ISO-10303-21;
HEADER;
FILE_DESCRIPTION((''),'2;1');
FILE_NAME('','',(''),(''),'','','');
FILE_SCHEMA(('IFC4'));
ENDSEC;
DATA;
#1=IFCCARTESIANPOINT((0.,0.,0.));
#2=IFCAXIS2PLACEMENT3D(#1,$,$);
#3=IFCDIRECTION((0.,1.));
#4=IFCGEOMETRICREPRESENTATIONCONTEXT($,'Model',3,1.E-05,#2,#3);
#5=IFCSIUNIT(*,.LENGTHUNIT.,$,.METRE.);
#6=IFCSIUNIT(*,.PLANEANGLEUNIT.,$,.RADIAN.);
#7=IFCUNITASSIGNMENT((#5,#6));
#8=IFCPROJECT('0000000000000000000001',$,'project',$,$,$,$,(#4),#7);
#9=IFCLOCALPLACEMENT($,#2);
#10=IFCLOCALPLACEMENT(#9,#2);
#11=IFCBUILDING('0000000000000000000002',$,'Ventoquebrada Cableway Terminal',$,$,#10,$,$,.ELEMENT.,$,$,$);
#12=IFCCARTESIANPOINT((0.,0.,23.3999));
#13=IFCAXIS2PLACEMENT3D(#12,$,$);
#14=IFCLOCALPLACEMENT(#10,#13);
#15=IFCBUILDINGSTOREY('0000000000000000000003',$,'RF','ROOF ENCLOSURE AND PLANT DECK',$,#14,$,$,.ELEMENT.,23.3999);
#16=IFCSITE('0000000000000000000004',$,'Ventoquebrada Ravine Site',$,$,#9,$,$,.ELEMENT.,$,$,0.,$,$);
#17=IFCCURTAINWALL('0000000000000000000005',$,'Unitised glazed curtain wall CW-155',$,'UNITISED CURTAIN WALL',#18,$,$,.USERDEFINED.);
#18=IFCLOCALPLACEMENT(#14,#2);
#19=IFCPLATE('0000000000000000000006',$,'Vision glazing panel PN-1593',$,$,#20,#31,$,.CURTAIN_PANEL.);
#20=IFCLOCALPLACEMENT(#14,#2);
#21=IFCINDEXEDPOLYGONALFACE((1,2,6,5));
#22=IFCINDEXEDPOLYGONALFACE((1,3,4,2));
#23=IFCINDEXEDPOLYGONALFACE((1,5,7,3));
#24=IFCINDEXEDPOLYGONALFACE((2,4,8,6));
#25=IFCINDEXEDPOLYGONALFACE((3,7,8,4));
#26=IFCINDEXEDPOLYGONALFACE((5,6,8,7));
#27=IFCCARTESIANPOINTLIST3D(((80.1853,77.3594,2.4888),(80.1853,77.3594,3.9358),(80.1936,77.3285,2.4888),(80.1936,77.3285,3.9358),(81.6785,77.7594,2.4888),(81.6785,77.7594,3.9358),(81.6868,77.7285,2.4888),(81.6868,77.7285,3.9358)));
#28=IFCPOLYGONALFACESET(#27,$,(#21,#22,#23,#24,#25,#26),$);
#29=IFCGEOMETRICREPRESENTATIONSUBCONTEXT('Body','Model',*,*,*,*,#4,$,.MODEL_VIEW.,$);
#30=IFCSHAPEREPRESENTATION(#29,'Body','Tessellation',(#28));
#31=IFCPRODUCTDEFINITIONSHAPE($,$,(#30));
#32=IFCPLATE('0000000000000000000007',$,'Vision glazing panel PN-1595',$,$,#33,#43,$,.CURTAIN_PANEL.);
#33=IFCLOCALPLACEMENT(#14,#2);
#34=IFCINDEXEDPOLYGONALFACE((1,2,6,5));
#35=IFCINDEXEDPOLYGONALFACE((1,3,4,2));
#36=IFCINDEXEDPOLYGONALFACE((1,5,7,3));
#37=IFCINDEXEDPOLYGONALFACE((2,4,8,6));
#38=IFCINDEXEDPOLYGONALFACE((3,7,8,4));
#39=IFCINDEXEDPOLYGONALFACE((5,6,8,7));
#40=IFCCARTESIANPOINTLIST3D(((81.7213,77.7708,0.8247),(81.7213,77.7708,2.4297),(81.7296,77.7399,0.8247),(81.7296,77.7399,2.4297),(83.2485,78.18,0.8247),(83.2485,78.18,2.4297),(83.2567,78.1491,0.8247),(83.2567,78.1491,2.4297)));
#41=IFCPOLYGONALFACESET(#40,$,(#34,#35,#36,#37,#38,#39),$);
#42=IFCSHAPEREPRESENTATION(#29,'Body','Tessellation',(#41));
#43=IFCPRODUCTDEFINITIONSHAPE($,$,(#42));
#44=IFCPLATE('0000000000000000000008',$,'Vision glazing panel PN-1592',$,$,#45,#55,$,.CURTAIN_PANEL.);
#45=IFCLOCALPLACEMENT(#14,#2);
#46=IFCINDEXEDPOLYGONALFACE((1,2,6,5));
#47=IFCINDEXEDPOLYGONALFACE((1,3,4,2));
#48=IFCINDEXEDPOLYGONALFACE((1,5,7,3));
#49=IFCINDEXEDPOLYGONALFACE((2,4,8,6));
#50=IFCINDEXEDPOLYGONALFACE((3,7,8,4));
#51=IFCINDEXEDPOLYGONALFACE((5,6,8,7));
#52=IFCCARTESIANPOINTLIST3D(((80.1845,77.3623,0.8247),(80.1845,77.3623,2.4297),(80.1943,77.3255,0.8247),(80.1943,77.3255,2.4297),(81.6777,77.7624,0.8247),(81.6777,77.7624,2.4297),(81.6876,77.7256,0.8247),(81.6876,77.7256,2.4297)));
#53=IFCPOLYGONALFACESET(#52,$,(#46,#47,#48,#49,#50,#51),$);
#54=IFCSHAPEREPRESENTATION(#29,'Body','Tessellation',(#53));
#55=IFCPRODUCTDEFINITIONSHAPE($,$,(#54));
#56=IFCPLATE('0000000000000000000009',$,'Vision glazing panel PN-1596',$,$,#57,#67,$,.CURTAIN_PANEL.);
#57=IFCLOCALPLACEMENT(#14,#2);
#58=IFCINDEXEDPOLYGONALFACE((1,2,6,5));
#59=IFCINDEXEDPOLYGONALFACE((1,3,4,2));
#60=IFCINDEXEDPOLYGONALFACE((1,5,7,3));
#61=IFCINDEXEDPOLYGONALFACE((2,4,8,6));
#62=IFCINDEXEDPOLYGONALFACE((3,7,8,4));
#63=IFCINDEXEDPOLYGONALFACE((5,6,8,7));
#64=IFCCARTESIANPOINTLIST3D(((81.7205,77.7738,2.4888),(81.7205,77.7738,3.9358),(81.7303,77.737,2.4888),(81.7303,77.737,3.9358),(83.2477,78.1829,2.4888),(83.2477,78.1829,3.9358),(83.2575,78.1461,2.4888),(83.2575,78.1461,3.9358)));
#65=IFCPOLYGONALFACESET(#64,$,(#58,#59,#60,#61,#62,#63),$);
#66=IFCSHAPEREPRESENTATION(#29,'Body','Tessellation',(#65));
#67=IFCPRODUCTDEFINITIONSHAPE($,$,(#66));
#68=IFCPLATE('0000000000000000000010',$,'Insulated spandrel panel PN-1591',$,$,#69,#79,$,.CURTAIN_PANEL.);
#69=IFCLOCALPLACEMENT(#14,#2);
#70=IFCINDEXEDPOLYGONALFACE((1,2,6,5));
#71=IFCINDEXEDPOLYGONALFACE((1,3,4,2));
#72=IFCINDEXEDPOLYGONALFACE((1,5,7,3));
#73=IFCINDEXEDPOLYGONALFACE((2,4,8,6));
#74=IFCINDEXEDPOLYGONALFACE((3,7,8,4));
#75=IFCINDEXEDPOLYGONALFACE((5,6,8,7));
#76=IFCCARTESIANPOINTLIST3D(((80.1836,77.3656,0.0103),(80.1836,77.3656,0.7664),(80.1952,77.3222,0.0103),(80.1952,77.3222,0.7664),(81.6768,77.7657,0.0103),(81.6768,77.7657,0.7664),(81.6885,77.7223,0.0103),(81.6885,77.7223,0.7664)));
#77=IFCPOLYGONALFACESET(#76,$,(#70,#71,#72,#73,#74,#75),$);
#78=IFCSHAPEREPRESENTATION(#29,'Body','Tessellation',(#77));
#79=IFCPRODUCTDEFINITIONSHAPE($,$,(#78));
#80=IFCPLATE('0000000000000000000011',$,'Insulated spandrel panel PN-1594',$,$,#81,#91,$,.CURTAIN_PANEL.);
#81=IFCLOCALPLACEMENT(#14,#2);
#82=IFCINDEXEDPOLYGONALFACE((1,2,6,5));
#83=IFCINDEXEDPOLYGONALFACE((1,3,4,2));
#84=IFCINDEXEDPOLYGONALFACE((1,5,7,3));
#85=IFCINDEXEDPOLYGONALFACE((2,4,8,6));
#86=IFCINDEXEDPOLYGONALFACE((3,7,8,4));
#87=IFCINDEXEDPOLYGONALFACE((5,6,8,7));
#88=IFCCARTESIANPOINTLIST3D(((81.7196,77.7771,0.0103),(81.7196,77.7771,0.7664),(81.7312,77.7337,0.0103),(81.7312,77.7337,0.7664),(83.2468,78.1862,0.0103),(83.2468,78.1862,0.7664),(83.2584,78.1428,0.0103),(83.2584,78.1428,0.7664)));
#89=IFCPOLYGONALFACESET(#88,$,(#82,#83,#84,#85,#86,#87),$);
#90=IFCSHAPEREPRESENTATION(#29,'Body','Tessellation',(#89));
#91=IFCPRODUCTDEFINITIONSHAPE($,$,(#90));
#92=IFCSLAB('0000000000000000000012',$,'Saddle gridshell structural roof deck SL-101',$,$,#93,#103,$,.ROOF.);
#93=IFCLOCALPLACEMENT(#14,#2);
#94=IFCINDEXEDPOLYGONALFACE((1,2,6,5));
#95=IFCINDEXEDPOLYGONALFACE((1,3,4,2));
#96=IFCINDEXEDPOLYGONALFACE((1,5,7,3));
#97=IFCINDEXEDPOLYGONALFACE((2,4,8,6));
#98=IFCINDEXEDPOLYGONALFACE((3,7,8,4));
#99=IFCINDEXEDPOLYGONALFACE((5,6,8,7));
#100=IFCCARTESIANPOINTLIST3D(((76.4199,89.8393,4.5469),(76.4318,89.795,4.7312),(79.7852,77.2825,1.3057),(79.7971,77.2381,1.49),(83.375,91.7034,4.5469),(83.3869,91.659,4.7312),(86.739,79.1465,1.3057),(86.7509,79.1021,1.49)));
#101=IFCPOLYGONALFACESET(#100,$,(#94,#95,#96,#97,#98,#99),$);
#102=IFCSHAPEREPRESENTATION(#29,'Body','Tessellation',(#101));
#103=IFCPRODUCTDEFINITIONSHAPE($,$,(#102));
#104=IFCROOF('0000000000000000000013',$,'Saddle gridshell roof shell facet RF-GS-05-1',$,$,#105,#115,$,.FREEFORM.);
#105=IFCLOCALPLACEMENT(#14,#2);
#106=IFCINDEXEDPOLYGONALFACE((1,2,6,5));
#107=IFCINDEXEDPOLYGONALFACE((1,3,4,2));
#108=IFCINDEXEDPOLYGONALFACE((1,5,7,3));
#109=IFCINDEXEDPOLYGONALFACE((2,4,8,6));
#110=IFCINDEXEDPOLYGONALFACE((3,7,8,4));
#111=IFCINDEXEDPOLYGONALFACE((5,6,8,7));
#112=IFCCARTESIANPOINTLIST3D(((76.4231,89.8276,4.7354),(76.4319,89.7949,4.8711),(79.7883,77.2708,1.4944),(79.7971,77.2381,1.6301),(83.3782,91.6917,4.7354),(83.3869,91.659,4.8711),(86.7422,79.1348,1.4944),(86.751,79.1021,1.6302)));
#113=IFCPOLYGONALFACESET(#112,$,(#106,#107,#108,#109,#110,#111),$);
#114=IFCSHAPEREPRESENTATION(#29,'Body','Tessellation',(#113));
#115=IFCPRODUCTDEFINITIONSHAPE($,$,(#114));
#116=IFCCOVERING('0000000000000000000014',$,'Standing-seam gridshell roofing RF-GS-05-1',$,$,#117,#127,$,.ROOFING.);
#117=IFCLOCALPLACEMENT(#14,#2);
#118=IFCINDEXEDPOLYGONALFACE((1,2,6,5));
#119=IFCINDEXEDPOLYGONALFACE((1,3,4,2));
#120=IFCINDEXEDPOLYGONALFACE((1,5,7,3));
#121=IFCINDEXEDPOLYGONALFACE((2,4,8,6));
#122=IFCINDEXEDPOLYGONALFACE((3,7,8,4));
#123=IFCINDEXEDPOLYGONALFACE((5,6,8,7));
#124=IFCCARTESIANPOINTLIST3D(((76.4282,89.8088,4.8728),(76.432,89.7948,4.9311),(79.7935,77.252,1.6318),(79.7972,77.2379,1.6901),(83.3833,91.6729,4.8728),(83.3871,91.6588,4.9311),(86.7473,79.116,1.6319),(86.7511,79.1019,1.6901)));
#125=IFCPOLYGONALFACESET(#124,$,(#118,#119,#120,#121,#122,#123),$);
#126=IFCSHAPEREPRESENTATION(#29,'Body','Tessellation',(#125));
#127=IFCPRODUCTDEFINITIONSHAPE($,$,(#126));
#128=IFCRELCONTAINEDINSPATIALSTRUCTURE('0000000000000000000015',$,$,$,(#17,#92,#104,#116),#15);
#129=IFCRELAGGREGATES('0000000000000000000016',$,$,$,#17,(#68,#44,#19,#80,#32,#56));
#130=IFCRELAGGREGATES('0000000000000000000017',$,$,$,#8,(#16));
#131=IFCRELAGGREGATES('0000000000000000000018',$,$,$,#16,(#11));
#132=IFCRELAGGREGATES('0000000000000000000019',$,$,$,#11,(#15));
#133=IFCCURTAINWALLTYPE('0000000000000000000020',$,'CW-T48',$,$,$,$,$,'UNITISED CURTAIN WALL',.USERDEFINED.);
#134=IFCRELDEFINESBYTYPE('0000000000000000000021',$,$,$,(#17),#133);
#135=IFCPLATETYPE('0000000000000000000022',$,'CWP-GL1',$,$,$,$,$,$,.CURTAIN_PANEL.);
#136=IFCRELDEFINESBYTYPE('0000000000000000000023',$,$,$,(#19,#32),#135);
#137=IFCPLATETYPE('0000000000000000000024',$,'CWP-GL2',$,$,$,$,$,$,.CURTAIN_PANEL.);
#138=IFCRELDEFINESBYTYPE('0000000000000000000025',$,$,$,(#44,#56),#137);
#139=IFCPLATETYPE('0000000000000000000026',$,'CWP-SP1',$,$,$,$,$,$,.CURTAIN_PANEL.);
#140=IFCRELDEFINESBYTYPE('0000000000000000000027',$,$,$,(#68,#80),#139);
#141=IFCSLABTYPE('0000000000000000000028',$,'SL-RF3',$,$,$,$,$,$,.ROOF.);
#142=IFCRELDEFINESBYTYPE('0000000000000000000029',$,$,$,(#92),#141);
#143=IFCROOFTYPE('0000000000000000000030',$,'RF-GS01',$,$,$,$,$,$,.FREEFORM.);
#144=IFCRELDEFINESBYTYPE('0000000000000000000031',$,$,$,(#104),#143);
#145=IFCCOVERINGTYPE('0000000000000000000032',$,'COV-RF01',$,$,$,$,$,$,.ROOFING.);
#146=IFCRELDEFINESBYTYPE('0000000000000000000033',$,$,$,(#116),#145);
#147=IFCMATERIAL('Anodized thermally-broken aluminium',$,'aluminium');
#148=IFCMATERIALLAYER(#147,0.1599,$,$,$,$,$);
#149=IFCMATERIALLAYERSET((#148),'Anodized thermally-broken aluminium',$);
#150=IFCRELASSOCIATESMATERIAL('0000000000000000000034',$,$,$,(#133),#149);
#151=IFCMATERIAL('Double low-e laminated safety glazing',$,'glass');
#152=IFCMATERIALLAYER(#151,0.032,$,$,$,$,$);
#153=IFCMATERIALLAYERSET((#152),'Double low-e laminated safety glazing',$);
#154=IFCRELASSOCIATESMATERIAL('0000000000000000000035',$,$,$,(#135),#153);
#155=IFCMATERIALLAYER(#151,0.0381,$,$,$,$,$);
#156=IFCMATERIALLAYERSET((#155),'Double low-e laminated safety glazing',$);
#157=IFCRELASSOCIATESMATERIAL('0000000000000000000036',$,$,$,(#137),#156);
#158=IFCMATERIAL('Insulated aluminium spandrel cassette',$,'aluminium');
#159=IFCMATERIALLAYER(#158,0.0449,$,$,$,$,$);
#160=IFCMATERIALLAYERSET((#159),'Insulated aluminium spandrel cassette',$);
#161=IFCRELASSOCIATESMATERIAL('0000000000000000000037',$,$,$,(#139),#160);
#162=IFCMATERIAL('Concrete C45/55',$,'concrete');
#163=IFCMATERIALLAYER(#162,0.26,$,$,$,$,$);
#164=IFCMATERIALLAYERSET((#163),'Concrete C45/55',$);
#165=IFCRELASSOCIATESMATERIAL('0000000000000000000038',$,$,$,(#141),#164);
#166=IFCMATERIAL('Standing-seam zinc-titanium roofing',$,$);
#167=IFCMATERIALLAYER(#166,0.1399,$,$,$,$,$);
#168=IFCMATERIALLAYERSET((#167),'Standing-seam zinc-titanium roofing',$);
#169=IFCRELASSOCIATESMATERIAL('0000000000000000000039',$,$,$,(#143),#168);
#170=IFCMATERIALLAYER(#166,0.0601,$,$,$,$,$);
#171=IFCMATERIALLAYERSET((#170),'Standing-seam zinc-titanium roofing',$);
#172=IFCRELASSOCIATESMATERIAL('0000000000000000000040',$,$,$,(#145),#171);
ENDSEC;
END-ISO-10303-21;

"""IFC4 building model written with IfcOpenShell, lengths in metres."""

from ifc_helpers import new_model, si_unit, direction, frame, origin, origin_2d, place, context, subcontext, project, spatial, polyline, rectangle, outline, extrude, material, layer, layer_set, type_object, element, aggregate, save


model = new_model("IFC4")

# Units and contexts
model_context = context("Model", 3, precision=1e-05, world=origin(), true_north=direction((0.0, 1.0)))
body_context = subcontext(model_context, "Body", "Model", "MODEL_VIEW")
ifc_project = project(units=[si_unit("LENGTHUNIT", "METRE"), si_unit("PLANEANGLEUNIT", "RADIAN")], contexts=[model_context])

# Site, building, storey
site_placement = place(None, origin())
site = spatial("IfcSite", under=ifc_project, at=site_placement, Name="Ventoquebrada Ravine Site", CompositionType="ELEMENT", RefElevation=0.0)
building_placement = place(site_placement, origin())
building = spatial("IfcBuilding", under=site, at=building_placement, Name="Ventoquebrada Cableway Terminal", CompositionType="ELEMENT")
storey_placement = place(building_placement, frame((0.0, 0.0, 23.3999)))
storey = spatial("IfcBuildingStorey", under=building, at=storey_placement, Name="RF", Description="ROOF ENCLOSURE AND PLANT DECK", CompositionType="ELEMENT", Elevation=23.3999)

# Curtain wall
ifc_material_1 = material(Name="Anodized thermally-broken aluminium", Category="aluminium")
ifc_layer_1 = layer(ifc_material_1, 0.1599)
ifc_layer_set_1 = layer_set([ifc_layer_1], Name="Anodized thermally-broken aluminium")
curtain_wall_type = type_object("IfcCurtainWallType", Name="CW-T48", ElementType="UNITISED CURTAIN WALL", PredefinedType="USERDEFINED", material=ifc_layer_set_1)
curtain_wall_placement = place(storey_placement, origin())
curtain_wall = element("IfcCurtainWall", 1, at=curtain_wall_placement, inside=storey, type_object=curtain_wall_type, Name="Unitised glazed curtain wall CW-155", ObjectType="UNITISED CURTAIN WALL", PredefinedType="USERDEFINED")

# Plates
ifc_material_2 = material(Name="Double low-e laminated safety glazing", Category="glass")
ifc_layer_2 = layer(ifc_material_2, 0.032)
ifc_layer_set_2 = layer_set([ifc_layer_2], Name="Double low-e laminated safety glazing")
plate_type_1 = type_object("IfcPlateType", Name="CWP-GL1", PredefinedType="CURTAIN_PANEL", material=ifc_layer_set_2)
plate_1_placement = place(storey_placement, frame((80.936, 77.5439, 2.4888), z_axis=(0.0, 0.0, 1.0), x_axis=(0.965935, 0.258785, 0.0)))
plate_1 = element("IfcPlate", 2, at=plate_1_placement, type_object=plate_type_1, Name="Vision glazing panel PN-1593", PredefinedType="CURTAIN_PANEL", context=body_context, shape_type="SweptSolid", body=[
    extrude(rectangle(XDim=1.5459, YDim=0.032, at=origin_2d()), origin(), (0.0, 0.0, 1.0), 1.447),
])
plate_2_placement = place(storey_placement, frame((82.489, 77.96, 0.8247), z_axis=(0.0, 0.0, 1.0), x_axis=(0.965935, 0.258785, 0.0)))
plate_2 = element("IfcPlate", 3, at=plate_2_placement, type_object=plate_type_1, Name="Vision glazing panel PN-1595", PredefinedType="CURTAIN_PANEL", context=body_context, shape_type="SweptSolid", body=[
    extrude(rectangle(XDim=1.5811, YDim=0.032, at=origin_2d()), origin(), (0.0, 0.0, 1.0), 1.605),
])
ifc_layer_3 = layer(ifc_material_2, 0.0381)
ifc_layer_set_3 = layer_set([ifc_layer_3], Name="Double low-e laminated safety glazing")
plate_type_2 = type_object("IfcPlateType", Name="CWP-GL2", PredefinedType="CURTAIN_PANEL", material=ifc_layer_set_3)
plate_3_placement = place(storey_placement, frame((80.936, 77.5439, 0.8247), z_axis=(0.0, 0.0, 1.0), x_axis=(0.965935, 0.258785, 0.0)))
plate_3 = element("IfcPlate", 4, at=plate_3_placement, type_object=plate_type_2, Name="Vision glazing panel PN-1592", PredefinedType="CURTAIN_PANEL", context=body_context, shape_type="SweptSolid", body=[
    extrude(rectangle(XDim=1.5459, YDim=0.0381, at=origin_2d()), origin(), (0.0, 0.0, 1.0), 1.605),
])
plate_4_placement = place(storey_placement, frame((82.489, 77.96, 2.4888), z_axis=(0.0, 0.0, 1.0), x_axis=(0.965935, 0.258785, 0.0)))
plate_4 = element("IfcPlate", 5, at=plate_4_placement, type_object=plate_type_2, Name="Vision glazing panel PN-1596", PredefinedType="CURTAIN_PANEL", context=body_context, shape_type="SweptSolid", body=[
    extrude(rectangle(XDim=1.5811, YDim=0.0381, at=origin_2d()), origin(), (0.0, 0.0, 1.0), 1.447),
])
ifc_material_3 = material(Name="Insulated aluminium spandrel cassette", Category="aluminium")
ifc_layer_4 = layer(ifc_material_3, 0.0449)
ifc_layer_set_4 = layer_set([ifc_layer_4], Name="Insulated aluminium spandrel cassette")
plate_type_3 = type_object("IfcPlateType", Name="CWP-SP1", PredefinedType="CURTAIN_PANEL", material=ifc_layer_set_4)
plate_5_placement = place(storey_placement, frame((80.936, 77.5439, 0.0103), z_axis=(0.0, 0.0, 1.0), x_axis=(0.965935, 0.258785, 0.0)))
plate_5 = element("IfcPlate", 6, at=plate_5_placement, type_object=plate_type_3, Name="Insulated spandrel panel PN-1591", PredefinedType="CURTAIN_PANEL", context=body_context, shape_type="SweptSolid", body=[
    extrude(rectangle(XDim=1.5459, YDim=0.0449, at=origin_2d()), origin(), (0.0, 0.0, 1.0), 0.7561),
])
plate_6_placement = place(storey_placement, frame((82.489, 77.96, 0.0103), z_axis=(0.0, 0.0, 1.0), x_axis=(0.965935, 0.258785, 0.0)))
plate_6 = element("IfcPlate", 7, at=plate_6_placement, type_object=plate_type_3, Name="Insulated spandrel panel PN-1594", PredefinedType="CURTAIN_PANEL", context=body_context, shape_type="SweptSolid", body=[
    extrude(rectangle(XDim=1.5811, YDim=0.0449, at=origin_2d()), origin(), (0.0, 0.0, 1.0), 0.7561),
])
aggregate(curtain_wall, [plate_5, plate_3, plate_1, plate_6, plate_2, plate_4])

# Slab
ifc_material_4 = material(Name="Concrete C45/55", Category="concrete")
ifc_layer_5 = layer(ifc_material_4, 0.26)
ifc_layer_set_5 = layer_set([ifc_layer_5], Name="Concrete C45/55")
slab_type = type_object("IfcSlabType", Name="SL-RF3", PredefinedType="ROOF", material=ifc_layer_set_5)
slab_placement = place(storey_placement, frame((79.7852, 77.2825, 1.3057), z_axis=(0.062632, -0.233673, 0.970296), x_axis=(0.965901, 0.258913, 0.000005)))
element("IfcSlab", 8, at=slab_placement, inside=storey, type_object=slab_type, Name="Saddle gridshell structural roof deck SL-101", PredefinedType="ROOF", context=body_context, shape_type="SweptSolid", body=[
    extrude(outline(polyline([(0.0, 0.0), (7.1994, 0.0), (7.2012, 13.3977), (0.0007, 13.398), (0.0, 0.0)])), origin(), (0.0, 0.0, 1.0), 0.1899),
])

# Roof
ifc_material_5 = material(Name="Standing-seam zinc-titanium roofing")
ifc_layer_6 = layer(ifc_material_5, 0.1399)
ifc_layer_set_6 = layer_set([ifc_layer_6], Name="Standing-seam zinc-titanium roofing")
roof_type = type_object("IfcRoofType", Name="RF-GS01", PredefinedType="FREEFORM", material=ifc_layer_set_6)
roof_placement = place(storey_placement, frame((79.7883, 77.2708, 1.4944), z_axis=(0.062627, -0.233656, 0.9703), x_axis=(0.965901, 0.258913, 0.000005)))
element("IfcRoof", 9, at=roof_placement, inside=storey, type_object=roof_type, Name="Saddle gridshell roof shell facet RF-GS-05-1", PredefinedType="FREEFORM", context=body_context, shape_type="SweptSolid", body=[
    extrude(outline(polyline([(0.0, 0.0), (7.1994, 0.0), (7.2012, 13.3976), (0.0007, 13.3979), (0.0, 0.0)])), origin(), (0.0, 0.0, 1.0), 0.1399),
])

# Covering
ifc_layer_7 = layer(ifc_material_5, 0.0601)
ifc_layer_set_7 = layer_set([ifc_layer_7], Name="Standing-seam zinc-titanium roofing")
covering_type = type_object("IfcCoveringType", Name="COV-RF01", PredefinedType="ROOFING", material=ifc_layer_set_7)
covering_placement = place(storey_placement, frame((79.7935, 77.252, 1.6318), z_axis=(0.062627, -0.233656, 0.9703), x_axis=(0.965901, 0.258913, 0.000005)))
element("IfcCovering", 10, at=covering_placement, inside=storey, type_object=covering_type, Name="Standing-seam gridshell roofing RF-GS-05-1", PredefinedType="ROOFING", context=body_context, shape_type="SweptSolid", body=[
    extrude(outline(polyline([(0.0, 0.0), (7.1994, 0.0), (7.2012, 13.3976), (0.0007, 13.3979), (0.0, 0.0)])), origin(), (0.0, 0.0, 1.0), 0.0601),
])

save(model, "model.ifc")
